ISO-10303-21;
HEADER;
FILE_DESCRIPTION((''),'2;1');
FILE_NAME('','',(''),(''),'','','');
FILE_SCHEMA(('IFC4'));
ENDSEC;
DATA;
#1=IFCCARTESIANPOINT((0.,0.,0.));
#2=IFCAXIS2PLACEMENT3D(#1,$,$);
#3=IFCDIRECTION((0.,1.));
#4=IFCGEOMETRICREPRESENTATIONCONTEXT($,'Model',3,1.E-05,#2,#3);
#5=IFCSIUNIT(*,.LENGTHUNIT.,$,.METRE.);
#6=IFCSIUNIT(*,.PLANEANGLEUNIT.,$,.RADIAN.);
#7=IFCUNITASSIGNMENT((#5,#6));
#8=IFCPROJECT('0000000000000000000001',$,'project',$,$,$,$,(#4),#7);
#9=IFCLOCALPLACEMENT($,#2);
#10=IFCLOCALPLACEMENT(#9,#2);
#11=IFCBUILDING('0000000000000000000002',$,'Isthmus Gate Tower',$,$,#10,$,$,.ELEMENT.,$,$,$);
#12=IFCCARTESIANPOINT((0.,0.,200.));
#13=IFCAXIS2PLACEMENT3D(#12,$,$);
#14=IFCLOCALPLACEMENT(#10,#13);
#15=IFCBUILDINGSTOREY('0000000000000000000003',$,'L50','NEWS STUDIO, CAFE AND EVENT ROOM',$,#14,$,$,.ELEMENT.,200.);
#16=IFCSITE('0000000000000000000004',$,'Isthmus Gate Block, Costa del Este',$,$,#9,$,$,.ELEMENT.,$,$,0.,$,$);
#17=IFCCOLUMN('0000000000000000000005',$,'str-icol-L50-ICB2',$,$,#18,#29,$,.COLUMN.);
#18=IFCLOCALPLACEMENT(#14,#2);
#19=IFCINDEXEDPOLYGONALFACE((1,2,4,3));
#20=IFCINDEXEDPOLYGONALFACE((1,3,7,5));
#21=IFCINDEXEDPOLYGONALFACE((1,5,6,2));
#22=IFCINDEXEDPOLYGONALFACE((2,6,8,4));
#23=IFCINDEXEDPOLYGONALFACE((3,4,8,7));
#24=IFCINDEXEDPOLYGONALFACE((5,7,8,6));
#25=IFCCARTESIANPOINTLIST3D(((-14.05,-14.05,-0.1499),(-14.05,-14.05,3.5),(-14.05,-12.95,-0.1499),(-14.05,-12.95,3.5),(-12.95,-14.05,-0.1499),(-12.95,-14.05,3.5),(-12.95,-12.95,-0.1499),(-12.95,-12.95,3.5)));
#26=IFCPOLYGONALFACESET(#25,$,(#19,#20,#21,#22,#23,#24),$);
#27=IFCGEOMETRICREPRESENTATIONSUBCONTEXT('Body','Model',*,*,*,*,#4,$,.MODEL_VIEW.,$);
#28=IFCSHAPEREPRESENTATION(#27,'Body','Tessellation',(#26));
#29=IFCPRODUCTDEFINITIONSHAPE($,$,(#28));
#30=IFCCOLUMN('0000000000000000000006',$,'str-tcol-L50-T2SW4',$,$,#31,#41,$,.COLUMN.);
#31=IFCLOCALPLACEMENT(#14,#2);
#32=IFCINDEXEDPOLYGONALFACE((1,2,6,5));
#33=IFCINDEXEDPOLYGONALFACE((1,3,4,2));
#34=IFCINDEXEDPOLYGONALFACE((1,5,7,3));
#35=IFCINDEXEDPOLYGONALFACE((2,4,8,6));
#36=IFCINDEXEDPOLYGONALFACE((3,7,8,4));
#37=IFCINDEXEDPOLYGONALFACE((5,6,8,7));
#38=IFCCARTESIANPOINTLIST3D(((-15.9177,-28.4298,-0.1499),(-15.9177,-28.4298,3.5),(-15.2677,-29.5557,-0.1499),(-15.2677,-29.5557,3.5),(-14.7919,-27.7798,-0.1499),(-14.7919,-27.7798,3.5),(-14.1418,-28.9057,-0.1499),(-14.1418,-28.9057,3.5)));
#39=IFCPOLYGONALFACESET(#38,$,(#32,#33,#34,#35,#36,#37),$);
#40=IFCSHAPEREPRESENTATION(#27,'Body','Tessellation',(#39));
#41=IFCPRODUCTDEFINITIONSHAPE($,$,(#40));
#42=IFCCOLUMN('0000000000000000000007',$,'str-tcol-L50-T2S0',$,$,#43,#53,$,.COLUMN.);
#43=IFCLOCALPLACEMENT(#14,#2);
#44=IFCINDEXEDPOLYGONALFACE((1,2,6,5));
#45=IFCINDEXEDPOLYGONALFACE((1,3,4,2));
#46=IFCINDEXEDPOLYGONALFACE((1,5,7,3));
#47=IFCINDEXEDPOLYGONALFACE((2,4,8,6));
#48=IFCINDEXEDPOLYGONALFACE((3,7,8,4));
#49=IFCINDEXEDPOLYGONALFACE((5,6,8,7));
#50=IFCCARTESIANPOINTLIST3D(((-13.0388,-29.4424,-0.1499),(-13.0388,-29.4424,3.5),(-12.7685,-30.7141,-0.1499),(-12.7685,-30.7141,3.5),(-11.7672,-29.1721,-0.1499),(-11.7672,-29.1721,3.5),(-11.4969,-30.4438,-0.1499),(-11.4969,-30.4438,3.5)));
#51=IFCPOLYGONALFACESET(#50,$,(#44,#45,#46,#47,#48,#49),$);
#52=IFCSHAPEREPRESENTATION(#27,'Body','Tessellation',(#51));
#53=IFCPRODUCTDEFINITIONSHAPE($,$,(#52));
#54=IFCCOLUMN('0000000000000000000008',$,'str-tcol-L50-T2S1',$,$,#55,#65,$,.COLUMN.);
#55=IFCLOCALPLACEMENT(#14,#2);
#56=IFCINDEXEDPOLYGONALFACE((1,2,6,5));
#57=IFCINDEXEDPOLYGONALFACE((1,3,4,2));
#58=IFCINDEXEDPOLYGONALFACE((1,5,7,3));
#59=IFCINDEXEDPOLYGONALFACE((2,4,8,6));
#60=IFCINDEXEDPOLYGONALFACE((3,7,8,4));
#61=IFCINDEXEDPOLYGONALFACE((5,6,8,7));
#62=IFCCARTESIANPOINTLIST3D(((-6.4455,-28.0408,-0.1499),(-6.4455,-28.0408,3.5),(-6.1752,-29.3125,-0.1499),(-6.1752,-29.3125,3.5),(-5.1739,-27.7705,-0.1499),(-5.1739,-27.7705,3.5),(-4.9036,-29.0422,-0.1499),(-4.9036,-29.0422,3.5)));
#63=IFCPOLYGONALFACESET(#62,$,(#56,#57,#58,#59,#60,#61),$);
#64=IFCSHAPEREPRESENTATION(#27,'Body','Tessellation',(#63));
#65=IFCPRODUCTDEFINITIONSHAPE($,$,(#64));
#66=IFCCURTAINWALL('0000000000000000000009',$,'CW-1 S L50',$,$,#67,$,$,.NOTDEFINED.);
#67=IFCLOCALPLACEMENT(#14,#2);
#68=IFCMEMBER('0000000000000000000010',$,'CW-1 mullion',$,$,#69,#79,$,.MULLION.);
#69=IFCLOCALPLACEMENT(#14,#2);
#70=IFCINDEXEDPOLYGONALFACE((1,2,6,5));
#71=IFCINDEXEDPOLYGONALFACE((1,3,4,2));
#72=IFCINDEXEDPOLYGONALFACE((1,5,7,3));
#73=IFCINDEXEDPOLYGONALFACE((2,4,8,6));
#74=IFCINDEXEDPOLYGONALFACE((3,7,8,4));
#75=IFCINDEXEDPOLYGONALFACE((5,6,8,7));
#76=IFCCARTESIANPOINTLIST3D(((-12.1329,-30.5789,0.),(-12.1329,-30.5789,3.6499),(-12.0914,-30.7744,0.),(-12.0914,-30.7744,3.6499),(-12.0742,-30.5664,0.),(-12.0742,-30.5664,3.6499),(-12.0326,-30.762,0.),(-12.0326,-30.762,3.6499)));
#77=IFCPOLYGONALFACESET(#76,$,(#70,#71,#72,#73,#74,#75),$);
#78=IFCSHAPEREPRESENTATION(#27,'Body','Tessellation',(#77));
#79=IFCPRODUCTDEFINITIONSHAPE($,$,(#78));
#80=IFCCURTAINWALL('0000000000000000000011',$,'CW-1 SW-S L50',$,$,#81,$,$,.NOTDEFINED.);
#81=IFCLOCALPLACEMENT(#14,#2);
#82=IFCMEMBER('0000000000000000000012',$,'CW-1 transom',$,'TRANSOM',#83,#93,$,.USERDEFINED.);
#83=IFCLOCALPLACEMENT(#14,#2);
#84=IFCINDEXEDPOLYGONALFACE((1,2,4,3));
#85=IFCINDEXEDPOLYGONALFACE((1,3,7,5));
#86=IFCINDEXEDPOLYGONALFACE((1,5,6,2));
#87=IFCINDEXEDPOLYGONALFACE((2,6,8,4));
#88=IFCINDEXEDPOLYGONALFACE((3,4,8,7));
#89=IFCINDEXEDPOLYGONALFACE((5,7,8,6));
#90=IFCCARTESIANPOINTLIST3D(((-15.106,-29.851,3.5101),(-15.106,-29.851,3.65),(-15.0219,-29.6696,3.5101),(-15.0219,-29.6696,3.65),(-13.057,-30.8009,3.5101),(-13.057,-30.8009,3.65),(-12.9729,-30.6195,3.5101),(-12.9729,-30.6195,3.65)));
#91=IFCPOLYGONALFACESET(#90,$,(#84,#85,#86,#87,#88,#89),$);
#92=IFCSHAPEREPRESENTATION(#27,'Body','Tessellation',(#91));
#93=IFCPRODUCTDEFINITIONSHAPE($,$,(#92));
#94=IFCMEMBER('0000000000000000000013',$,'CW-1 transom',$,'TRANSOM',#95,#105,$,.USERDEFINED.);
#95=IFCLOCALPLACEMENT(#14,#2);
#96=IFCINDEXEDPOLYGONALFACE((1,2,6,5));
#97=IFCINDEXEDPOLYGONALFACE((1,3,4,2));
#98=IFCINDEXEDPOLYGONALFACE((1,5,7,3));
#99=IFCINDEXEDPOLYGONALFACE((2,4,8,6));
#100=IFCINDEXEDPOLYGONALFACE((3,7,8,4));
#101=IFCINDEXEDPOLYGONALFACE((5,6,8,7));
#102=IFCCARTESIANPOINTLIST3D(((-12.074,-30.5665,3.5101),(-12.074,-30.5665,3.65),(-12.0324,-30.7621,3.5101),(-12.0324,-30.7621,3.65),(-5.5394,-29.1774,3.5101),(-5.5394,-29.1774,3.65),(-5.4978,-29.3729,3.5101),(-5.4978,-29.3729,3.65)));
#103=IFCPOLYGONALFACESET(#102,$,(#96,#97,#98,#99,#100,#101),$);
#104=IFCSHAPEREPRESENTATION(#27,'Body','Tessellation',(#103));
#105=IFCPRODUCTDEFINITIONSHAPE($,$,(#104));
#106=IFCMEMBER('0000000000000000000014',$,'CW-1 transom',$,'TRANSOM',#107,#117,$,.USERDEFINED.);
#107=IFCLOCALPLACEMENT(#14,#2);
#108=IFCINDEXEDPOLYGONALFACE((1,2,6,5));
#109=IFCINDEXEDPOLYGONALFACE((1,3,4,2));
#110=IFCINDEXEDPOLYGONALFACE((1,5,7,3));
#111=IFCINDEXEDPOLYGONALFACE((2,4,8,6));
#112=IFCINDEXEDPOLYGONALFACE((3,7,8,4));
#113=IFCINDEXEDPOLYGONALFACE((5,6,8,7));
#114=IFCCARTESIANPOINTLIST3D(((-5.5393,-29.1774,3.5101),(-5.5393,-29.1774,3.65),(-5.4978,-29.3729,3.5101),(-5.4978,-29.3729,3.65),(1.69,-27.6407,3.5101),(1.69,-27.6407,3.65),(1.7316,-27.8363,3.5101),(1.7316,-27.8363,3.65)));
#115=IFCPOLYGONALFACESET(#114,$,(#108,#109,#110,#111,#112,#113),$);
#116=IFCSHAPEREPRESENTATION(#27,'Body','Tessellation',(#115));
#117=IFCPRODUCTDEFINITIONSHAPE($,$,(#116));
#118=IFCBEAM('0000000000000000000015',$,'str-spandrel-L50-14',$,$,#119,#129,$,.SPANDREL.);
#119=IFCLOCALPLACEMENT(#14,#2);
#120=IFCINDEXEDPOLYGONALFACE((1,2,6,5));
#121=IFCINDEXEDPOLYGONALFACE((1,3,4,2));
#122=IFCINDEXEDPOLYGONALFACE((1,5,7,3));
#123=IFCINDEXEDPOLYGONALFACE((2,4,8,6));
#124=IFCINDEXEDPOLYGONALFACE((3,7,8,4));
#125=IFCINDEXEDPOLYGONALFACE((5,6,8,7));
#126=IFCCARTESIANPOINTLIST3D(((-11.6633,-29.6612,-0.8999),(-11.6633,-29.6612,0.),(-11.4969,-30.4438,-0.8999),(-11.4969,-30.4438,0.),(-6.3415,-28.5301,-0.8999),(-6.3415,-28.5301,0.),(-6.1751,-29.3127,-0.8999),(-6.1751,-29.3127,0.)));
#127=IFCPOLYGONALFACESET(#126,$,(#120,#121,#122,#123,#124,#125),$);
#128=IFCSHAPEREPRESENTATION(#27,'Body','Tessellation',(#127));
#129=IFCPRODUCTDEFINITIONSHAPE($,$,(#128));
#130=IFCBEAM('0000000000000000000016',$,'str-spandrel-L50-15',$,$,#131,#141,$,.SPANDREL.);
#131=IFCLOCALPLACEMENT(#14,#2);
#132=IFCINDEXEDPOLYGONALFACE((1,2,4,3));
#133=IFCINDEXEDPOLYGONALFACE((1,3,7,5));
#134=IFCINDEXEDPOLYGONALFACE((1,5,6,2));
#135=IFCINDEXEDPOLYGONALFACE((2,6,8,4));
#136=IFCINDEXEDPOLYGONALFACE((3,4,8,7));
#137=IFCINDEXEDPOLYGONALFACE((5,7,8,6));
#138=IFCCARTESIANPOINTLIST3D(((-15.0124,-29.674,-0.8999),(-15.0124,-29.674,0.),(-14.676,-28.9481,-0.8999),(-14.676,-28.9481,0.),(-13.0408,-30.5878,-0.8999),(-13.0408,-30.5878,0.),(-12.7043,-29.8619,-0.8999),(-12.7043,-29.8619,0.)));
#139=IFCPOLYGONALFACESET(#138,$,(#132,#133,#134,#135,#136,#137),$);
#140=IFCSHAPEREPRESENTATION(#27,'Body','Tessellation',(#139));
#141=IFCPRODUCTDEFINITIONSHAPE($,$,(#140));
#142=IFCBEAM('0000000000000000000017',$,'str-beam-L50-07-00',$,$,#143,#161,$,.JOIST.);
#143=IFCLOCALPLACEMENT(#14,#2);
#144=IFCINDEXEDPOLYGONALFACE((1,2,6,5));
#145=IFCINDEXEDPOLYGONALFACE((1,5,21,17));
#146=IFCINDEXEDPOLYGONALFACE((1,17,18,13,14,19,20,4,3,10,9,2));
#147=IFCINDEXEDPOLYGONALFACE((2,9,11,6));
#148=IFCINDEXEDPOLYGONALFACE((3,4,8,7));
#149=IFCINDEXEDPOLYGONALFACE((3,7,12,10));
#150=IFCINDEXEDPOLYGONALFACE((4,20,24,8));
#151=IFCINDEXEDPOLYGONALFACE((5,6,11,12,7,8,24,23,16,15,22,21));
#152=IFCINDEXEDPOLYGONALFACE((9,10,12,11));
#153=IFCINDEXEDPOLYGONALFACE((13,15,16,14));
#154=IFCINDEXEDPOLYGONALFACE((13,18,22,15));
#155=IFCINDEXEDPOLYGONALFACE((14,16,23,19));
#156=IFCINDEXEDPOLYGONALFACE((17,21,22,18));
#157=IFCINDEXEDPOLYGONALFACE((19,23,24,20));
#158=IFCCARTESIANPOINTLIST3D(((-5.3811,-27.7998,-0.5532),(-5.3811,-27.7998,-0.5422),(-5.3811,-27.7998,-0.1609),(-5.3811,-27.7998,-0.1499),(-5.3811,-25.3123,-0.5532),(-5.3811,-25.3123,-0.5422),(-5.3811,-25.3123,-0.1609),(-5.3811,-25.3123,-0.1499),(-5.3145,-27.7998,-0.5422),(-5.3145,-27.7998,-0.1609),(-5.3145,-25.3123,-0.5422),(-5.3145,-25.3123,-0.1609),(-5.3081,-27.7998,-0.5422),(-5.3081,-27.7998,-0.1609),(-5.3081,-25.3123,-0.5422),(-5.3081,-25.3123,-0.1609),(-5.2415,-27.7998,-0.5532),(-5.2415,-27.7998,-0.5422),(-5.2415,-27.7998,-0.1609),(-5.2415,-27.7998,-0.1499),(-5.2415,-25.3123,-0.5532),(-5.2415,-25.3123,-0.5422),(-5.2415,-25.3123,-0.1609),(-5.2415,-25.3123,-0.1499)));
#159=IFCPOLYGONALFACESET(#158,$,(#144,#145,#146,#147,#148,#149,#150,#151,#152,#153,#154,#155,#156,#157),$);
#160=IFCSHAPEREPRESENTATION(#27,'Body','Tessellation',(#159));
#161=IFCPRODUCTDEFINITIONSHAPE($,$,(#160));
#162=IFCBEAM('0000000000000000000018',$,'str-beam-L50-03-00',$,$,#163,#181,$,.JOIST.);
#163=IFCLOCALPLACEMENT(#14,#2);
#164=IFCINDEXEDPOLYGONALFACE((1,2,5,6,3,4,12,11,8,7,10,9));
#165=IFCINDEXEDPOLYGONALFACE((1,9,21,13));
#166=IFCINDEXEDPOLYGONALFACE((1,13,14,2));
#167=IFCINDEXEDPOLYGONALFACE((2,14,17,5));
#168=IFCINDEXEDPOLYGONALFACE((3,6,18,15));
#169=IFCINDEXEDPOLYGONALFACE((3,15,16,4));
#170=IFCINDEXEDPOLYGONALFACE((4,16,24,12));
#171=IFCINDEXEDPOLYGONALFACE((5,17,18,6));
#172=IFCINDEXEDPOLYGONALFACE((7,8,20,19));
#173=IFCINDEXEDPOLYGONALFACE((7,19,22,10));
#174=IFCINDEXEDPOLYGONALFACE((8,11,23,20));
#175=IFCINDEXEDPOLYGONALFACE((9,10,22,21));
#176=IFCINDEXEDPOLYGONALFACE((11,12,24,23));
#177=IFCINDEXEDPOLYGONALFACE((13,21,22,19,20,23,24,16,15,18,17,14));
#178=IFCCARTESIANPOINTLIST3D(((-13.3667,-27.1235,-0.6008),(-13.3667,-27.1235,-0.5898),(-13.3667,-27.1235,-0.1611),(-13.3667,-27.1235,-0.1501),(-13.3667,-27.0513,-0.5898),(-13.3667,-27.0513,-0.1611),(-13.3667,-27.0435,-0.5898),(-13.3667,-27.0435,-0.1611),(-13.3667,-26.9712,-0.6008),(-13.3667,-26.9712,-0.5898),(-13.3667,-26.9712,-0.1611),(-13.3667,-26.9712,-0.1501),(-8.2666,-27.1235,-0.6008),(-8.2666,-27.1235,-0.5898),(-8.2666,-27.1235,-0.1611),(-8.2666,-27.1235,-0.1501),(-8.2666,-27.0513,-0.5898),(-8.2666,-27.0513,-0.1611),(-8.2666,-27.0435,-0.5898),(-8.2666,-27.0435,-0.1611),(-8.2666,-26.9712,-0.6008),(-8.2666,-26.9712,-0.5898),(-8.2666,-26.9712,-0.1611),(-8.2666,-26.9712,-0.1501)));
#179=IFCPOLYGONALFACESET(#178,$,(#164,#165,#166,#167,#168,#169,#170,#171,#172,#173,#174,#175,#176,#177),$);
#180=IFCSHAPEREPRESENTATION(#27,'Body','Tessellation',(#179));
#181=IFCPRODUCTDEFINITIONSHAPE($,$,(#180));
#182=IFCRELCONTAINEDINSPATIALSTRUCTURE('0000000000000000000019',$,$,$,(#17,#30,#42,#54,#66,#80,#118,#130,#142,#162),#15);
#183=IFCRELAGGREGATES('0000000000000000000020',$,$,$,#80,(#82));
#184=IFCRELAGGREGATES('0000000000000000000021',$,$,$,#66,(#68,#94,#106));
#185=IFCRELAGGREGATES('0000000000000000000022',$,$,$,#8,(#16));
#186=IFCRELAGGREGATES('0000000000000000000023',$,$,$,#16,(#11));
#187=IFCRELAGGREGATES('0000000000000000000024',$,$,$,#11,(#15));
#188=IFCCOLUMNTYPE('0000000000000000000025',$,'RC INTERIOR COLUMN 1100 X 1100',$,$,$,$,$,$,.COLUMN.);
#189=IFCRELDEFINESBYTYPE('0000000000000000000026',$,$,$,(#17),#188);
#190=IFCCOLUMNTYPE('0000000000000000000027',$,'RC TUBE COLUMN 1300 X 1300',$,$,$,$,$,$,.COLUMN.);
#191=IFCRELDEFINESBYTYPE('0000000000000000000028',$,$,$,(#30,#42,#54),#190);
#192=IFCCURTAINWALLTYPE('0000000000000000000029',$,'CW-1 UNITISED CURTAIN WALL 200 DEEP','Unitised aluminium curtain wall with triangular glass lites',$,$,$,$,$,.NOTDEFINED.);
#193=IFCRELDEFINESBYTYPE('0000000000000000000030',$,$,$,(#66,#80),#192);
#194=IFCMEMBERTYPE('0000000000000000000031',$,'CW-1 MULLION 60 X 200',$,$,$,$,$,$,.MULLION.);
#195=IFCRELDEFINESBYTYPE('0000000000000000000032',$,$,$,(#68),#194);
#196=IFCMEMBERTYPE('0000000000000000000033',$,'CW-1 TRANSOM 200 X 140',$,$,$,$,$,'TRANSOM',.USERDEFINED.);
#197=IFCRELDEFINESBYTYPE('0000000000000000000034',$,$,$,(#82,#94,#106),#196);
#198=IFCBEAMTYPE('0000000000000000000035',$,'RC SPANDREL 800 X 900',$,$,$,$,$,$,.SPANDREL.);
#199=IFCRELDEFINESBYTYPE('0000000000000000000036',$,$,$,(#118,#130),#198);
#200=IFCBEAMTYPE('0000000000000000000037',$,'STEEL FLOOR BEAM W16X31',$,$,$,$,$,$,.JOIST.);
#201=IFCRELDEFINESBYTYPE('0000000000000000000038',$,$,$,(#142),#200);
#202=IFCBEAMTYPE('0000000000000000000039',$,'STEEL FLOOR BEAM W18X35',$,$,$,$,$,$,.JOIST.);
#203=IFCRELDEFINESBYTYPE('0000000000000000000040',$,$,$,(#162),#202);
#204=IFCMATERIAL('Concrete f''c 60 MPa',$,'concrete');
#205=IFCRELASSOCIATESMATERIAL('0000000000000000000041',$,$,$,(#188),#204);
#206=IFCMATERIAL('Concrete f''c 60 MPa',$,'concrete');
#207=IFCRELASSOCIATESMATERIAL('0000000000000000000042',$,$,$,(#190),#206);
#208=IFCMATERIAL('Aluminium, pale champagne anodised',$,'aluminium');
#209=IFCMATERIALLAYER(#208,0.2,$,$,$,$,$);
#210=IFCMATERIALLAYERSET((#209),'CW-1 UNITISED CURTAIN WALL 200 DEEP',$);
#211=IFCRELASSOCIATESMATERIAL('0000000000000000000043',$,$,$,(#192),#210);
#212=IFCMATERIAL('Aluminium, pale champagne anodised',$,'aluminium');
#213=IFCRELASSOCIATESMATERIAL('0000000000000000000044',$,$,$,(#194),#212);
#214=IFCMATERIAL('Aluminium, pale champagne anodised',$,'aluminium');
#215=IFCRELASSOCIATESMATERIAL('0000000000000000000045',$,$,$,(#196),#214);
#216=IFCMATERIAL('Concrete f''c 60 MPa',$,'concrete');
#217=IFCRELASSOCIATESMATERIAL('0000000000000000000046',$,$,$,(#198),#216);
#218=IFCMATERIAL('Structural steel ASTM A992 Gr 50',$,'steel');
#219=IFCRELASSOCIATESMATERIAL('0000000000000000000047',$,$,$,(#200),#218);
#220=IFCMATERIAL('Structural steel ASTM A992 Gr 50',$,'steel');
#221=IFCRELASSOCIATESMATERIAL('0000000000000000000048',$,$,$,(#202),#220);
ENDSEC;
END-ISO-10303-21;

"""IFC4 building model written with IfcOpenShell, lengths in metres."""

from ifc_helpers import new_model, si_unit, direction, frame, origin, origin_2d, place, context, subcontext, project, spatial, rectangle, i_section, extrude, material, layer, layer_set, material_profile, profile_set, type_object, element, aggregate, save


model = new_model("IFC4")

# Units and contexts
model_context = context("Model", 3, precision=1e-05, world=origin(), true_north=direction((0.0, 1.0)))
body_context = subcontext(model_context, "Body", "Model", "MODEL_VIEW")
ifc_project = project(units=[si_unit("LENGTHUNIT", "METRE"), si_unit("PLANEANGLEUNIT", "RADIAN")], contexts=[model_context])

# Site, building, storey
site_placement = place(None, origin())
site = spatial("IfcSite", under=ifc_project, at=site_placement, Name="Isthmus Gate Block, Costa del Este", CompositionType="ELEMENT", RefElevation=0.0)
building_placement = place(site_placement, origin())
building = spatial("IfcBuilding", under=site, at=building_placement, Name="Isthmus Gate Tower", CompositionType="ELEMENT")
storey_placement = place(building_placement, frame((0.0, 0.0, 200.0)))
storey = spatial("IfcBuildingStorey", under=building, at=storey_placement, Name="L50", Description="NEWS STUDIO, CAFE AND EVENT ROOM", CompositionType="ELEMENT", Elevation=200.0)

# Columns
ifc_material_1 = material(Name="Concrete f'c 60 MPa", Category="concrete")
ifc_material_profile_1 = material_profile(ifc_material_1, rectangle(XDim=1.1001, YDim=1.1001, at=origin_2d()), Name="RC 1100X1100")
ifc_profile_set_1 = profile_set([ifc_material_profile_1], Name="Concrete f'c 60 MPa")
column_type_1 = type_object("IfcColumnType", Name="RC INTERIOR COLUMN 1100 X 1100", PredefinedType="COLUMN", material=ifc_profile_set_1)
column_placement = place(storey_placement, frame((-13.5, -13.5, -0.1499), z_axis=(0.0, 0.0, 1.0), x_axis=(1.0, 0.0, 0.0)))
element("IfcColumn", 1, at=column_placement, inside=storey, type_object=column_type_1, Name="str-icol-L50-ICB2", PredefinedType="COLUMN", context=body_context, shape_type="SweptSolid", body=[
    extrude(rectangle(XDim=1.1001, YDim=1.1001, at=origin_2d()), origin(), (0.0, 0.0, 1.0), 3.6499),
])
ifc_material_2 = material(Name="Concrete f'c 60 MPa", Category="concrete")
ifc_material_profile_2 = material_profile(ifc_material_2, rectangle(XDim=1.3, YDim=1.3, at=origin_2d()), Name="RC 1300X1300")
ifc_profile_set_2 = profile_set([ifc_material_profile_2], Name="Concrete f'c 60 MPa")
column_type_2 = type_object("IfcColumnType", Name="RC TUBE COLUMN 1300 X 1300", PredefinedType="COLUMN", material=ifc_profile_set_2)
for number, where, z_axis, x_axis, name in (
    (2, (-15.0298, -28.6677, -0.1499), (0.0, 0.0, 1.0), (0.5, -0.866025, 0.0), "str-tcol-L50-T2SW4"),
    (3, (-12.2678, -29.9431, -0.1499), (0.0, 0.0, 1.0), (0.978148, 0.207912, 0.0), "str-tcol-L50-T2S0"),
    (4, (-5.6746, -28.5415, -0.1499), (0.0, 0.0, 1.0), (0.978148, 0.207912, 0.0), "str-tcol-L50-T2S1"),
):
    element("IfcColumn", number, at=place(storey_placement, frame(where, z_axis=z_axis, x_axis=x_axis)), inside=storey, type_object=column_type_2, Name=name, PredefinedType="COLUMN", context=body_context, shape_type="SweptSolid", body=[
        extrude(rectangle(XDim=1.3, YDim=1.3, at=origin_2d()), origin(), (0.0, 0.0, 1.0), 3.6499),
    ])

# Curtain walls, members
ifc_material_3 = material(Name="Aluminium, pale champagne anodised", Category="aluminium")
ifc_layer_1 = layer(ifc_material_3, 0.2)
ifc_layer_set_1 = layer_set([ifc_layer_1], Name="CW-1 UNITISED CURTAIN WALL 200 DEEP")
curtain_wall_type = type_object("IfcCurtainWallType", Name="CW-1 UNITISED CURTAIN WALL 200 DEEP", Description="Unitised aluminium curtain wall with triangular glass lites", PredefinedType="NOTDEFINED", material=ifc_layer_set_1)
curtain_wall_1_placement = place(storey_placement, origin())
curtain_wall_1 = element("IfcCurtainWall", 5, at=curtain_wall_1_placement, inside=storey, type_object=curtain_wall_type, Name="CW-1 S L50", PredefinedType="NOTDEFINED")
ifc_material_4 = material(Name="Aluminium, pale champagne anodised", Category="aluminium")
ifc_material_profile_3 = material_profile(ifc_material_4, rectangle(XDim=0.0601, YDim=0.2, at=origin_2d()), Name="60x200")
ifc_profile_set_3 = profile_set([ifc_material_profile_3], Name="Aluminium, pale champagne anodised")
member_type_1 = type_object("IfcMemberType", Name="CW-1 MULLION 60 X 200", PredefinedType="MULLION", material=ifc_profile_set_3)
member_1_placement = place(storey_placement, frame((-12.0828, -30.6704, 0.0), z_axis=(0.0, 0.0, 1.0), x_axis=(0.978148, 0.207912, 0.0)))
member_1 = element("IfcMember", 6, at=member_1_placement, type_object=member_type_1, Name="CW-1 mullion", PredefinedType="MULLION", context=body_context, shape_type="SweptSolid", body=[
    extrude(rectangle(XDim=0.0601, YDim=0.2, at=origin_2d()), origin(), (0.0, 0.0, 1.0), 3.6499),
])
curtain_wall_2_placement = place(storey_placement, origin())
curtain_wall_2 = element("IfcCurtainWall", 7, at=curtain_wall_2_placement, inside=storey, type_object=curtain_wall_type, Name="CW-1 SW-S L50", PredefinedType="NOTDEFINED")
ifc_material_5 = material(Name="Aluminium, pale champagne anodised", Category="aluminium")
ifc_material_profile_4 = material_profile(ifc_material_5, rectangle(XDim=0.2, YDim=0.1399, at=origin_2d()), Name="200x140")
ifc_profile_set_4 = profile_set([ifc_material_profile_4], Name="Aluminium, pale champagne anodised")
member_type_2 = type_object("IfcMemberType", Name="CW-1 TRANSOM 200 X 140", ElementType="TRANSOM", PredefinedType="USERDEFINED", material=ifc_profile_set_4)
member_2_placement = place(storey_placement, frame((-15.064, -29.7603, 3.5801), z_axis=(0.907246, -0.4206, 0.0), x_axis=(0.4206, 0.907246, 0.0)))
member_2 = element("IfcMember", 8, at=member_2_placement, type_object=member_type_2, Name="CW-1 transom", ObjectType="TRANSOM", PredefinedType="USERDEFINED", context=body_context, shape_type="SweptSolid", body=[
    extrude(rectangle(XDim=0.2, YDim=0.1399, at=origin_2d()), origin(), (0.0, 0.0, 1.0), 2.2585),
])

# Members
member_3_placement = place(storey_placement, frame((-12.0532, -30.6643, 3.5801), z_axis=(0.978142, 0.207937, 0.0), x_axis=(-0.207937, 0.978142, 0.0)))
member_3 = element("IfcMember", 9, at=member_3_placement, type_object=member_type_2, Name="CW-1 transom", ObjectType="TRANSOM", PredefinedType="USERDEFINED", context=body_context, shape_type="SweptSolid", body=[
    extrude(rectangle(XDim=0.2, YDim=0.1399, at=origin_2d()), origin(), (0.0, 0.0, 1.0), 6.6807),
])
member_4_placement = place(storey_placement, frame((-5.5186, -29.2751, 3.5801), z_axis=(0.978148, 0.207911, 0.0), x_axis=(-0.207911, 0.978148, 0.0)))
member_4 = element("IfcMember", 10, at=member_4_placement, type_object=member_type_2, Name="CW-1 transom", ObjectType="TRANSOM", PredefinedType="USERDEFINED", context=body_context, shape_type="SweptSolid", body=[
    extrude(rectangle(XDim=0.2, YDim=0.1399, at=origin_2d()), origin(), (0.0, 0.0, 1.0), 7.3909),
])

# Beams
ifc_material_6 = material(Name="Concrete f'c 60 MPa", Category="concrete")
ifc_material_profile_5 = material_profile(ifc_material_6, rectangle(XDim=0.8, YDim=0.8999, at=origin_2d()), Name="RC 800X900")
ifc_profile_set_5 = profile_set([ifc_material_profile_5], Name="Concrete f'c 60 MPa")
beam_type_1 = type_object("IfcBeamType", Name="RC SPANDREL 800 X 900", PredefinedType="SPANDREL", material=ifc_profile_set_5)
beam_1_placement = place(storey_placement, frame((-6.2583, -28.9214, -0.45), z_axis=(-0.97815, -0.207898, 0.0), x_axis=(0.207898, -0.97815, 0.0)))
element("IfcBeam", 11, at=beam_1_placement, inside=storey, type_object=beam_type_1, Name="str-spandrel-L50-14", PredefinedType="SPANDREL", context=body_context, shape_type="SweptSolid", body=[
    extrude(rectangle(XDim=0.8, YDim=0.8999, at=origin_2d()), origin(), (0.0, 0.0, 1.0), 5.4407),
])
beam_2_placement = place(storey_placement, frame((-12.8726, -30.2249, -0.45), z_axis=(-0.907291, 0.420504, 0.0), x_axis=(-0.420504, -0.907291, 0.0)))
element("IfcBeam", 12, at=beam_2_placement, inside=storey, type_object=beam_type_1, Name="str-spandrel-L50-15", PredefinedType="SPANDREL", context=body_context, shape_type="SweptSolid", body=[
    extrude(rectangle(XDim=0.8, YDim=0.8999, at=origin_2d()), origin(), (0.0, 0.0, 1.0), 2.1731),
])
ifc_material_7 = material(Name="Structural steel ASTM A992 Gr 50", Category="steel")
ifc_material_profile_6 = material_profile(ifc_material_7, i_section(OverallWidth=0.1396, OverallDepth=0.4033, WebThickness=0.0063, FlangeThickness=0.011, at=origin_2d()), Name="W16X31")
ifc_profile_set_6 = profile_set([ifc_material_profile_6], Name="Structural steel ASTM A992 Gr 50")
beam_type_2 = type_object("IfcBeamType", Name="STEEL FLOOR BEAM W16X31", PredefinedType="JOIST", material=ifc_profile_set_6)
beam_3_placement = place(storey_placement, frame((-5.3113, -27.7998, -0.3516), z_axis=(0.0, 1.0, 0.0), x_axis=(-1.0, 0.0, 0.0)))
element("IfcBeam", 13, at=beam_3_placement, inside=storey, type_object=beam_type_2, Name="str-beam-L50-07-00", PredefinedType="JOIST", context=body_context, shape_type="SweptSolid", body=[
    extrude(i_section(OverallWidth=0.1396, OverallDepth=0.4033, WebThickness=0.0063, FlangeThickness=0.011, at=origin_2d()), origin(), (0.0, 0.0, 1.0), 2.4875),
])
ifc_material_8 = material(Name="Structural steel ASTM A992 Gr 50", Category="steel")
ifc_material_profile_7 = material_profile(ifc_material_8, i_section(OverallWidth=0.1523, OverallDepth=0.4507, WebThickness=0.0078, FlangeThickness=0.011, at=origin_2d()), Name="W18X35")
ifc_profile_set_7 = profile_set([ifc_material_profile_7], Name="Structural steel ASTM A992 Gr 50")
beam_type_3 = type_object("IfcBeamType", Name="STEEL FLOOR BEAM W18X35", PredefinedType="JOIST", material=ifc_profile_set_7)
for number, where, z_axis, x_axis, name in (
    (14, (-13.3667, -27.0474, -0.3755), (1.0, 0.0, 0.0), (0.0, 1.0, 0.0), "str-beam-L50-03-00"),
):
    element("IfcBeam", number, at=place(storey_placement, frame(where, z_axis=z_axis, x_axis=x_axis)), inside=storey, type_object=beam_type_3, Name=name, PredefinedType="JOIST", context=body_context, shape_type="SweptSolid", body=[
        extrude(i_section(OverallWidth=0.1523, OverallDepth=0.4507, WebThickness=0.0078, FlangeThickness=0.011, at=origin_2d()), origin(), (0.0, 0.0, 1.0), 5.1001),
    ])

aggregate(curtain_wall_2, [member_2])

aggregate(curtain_wall_1, [member_1, member_3, member_4])

save(model, "model.ifc")
